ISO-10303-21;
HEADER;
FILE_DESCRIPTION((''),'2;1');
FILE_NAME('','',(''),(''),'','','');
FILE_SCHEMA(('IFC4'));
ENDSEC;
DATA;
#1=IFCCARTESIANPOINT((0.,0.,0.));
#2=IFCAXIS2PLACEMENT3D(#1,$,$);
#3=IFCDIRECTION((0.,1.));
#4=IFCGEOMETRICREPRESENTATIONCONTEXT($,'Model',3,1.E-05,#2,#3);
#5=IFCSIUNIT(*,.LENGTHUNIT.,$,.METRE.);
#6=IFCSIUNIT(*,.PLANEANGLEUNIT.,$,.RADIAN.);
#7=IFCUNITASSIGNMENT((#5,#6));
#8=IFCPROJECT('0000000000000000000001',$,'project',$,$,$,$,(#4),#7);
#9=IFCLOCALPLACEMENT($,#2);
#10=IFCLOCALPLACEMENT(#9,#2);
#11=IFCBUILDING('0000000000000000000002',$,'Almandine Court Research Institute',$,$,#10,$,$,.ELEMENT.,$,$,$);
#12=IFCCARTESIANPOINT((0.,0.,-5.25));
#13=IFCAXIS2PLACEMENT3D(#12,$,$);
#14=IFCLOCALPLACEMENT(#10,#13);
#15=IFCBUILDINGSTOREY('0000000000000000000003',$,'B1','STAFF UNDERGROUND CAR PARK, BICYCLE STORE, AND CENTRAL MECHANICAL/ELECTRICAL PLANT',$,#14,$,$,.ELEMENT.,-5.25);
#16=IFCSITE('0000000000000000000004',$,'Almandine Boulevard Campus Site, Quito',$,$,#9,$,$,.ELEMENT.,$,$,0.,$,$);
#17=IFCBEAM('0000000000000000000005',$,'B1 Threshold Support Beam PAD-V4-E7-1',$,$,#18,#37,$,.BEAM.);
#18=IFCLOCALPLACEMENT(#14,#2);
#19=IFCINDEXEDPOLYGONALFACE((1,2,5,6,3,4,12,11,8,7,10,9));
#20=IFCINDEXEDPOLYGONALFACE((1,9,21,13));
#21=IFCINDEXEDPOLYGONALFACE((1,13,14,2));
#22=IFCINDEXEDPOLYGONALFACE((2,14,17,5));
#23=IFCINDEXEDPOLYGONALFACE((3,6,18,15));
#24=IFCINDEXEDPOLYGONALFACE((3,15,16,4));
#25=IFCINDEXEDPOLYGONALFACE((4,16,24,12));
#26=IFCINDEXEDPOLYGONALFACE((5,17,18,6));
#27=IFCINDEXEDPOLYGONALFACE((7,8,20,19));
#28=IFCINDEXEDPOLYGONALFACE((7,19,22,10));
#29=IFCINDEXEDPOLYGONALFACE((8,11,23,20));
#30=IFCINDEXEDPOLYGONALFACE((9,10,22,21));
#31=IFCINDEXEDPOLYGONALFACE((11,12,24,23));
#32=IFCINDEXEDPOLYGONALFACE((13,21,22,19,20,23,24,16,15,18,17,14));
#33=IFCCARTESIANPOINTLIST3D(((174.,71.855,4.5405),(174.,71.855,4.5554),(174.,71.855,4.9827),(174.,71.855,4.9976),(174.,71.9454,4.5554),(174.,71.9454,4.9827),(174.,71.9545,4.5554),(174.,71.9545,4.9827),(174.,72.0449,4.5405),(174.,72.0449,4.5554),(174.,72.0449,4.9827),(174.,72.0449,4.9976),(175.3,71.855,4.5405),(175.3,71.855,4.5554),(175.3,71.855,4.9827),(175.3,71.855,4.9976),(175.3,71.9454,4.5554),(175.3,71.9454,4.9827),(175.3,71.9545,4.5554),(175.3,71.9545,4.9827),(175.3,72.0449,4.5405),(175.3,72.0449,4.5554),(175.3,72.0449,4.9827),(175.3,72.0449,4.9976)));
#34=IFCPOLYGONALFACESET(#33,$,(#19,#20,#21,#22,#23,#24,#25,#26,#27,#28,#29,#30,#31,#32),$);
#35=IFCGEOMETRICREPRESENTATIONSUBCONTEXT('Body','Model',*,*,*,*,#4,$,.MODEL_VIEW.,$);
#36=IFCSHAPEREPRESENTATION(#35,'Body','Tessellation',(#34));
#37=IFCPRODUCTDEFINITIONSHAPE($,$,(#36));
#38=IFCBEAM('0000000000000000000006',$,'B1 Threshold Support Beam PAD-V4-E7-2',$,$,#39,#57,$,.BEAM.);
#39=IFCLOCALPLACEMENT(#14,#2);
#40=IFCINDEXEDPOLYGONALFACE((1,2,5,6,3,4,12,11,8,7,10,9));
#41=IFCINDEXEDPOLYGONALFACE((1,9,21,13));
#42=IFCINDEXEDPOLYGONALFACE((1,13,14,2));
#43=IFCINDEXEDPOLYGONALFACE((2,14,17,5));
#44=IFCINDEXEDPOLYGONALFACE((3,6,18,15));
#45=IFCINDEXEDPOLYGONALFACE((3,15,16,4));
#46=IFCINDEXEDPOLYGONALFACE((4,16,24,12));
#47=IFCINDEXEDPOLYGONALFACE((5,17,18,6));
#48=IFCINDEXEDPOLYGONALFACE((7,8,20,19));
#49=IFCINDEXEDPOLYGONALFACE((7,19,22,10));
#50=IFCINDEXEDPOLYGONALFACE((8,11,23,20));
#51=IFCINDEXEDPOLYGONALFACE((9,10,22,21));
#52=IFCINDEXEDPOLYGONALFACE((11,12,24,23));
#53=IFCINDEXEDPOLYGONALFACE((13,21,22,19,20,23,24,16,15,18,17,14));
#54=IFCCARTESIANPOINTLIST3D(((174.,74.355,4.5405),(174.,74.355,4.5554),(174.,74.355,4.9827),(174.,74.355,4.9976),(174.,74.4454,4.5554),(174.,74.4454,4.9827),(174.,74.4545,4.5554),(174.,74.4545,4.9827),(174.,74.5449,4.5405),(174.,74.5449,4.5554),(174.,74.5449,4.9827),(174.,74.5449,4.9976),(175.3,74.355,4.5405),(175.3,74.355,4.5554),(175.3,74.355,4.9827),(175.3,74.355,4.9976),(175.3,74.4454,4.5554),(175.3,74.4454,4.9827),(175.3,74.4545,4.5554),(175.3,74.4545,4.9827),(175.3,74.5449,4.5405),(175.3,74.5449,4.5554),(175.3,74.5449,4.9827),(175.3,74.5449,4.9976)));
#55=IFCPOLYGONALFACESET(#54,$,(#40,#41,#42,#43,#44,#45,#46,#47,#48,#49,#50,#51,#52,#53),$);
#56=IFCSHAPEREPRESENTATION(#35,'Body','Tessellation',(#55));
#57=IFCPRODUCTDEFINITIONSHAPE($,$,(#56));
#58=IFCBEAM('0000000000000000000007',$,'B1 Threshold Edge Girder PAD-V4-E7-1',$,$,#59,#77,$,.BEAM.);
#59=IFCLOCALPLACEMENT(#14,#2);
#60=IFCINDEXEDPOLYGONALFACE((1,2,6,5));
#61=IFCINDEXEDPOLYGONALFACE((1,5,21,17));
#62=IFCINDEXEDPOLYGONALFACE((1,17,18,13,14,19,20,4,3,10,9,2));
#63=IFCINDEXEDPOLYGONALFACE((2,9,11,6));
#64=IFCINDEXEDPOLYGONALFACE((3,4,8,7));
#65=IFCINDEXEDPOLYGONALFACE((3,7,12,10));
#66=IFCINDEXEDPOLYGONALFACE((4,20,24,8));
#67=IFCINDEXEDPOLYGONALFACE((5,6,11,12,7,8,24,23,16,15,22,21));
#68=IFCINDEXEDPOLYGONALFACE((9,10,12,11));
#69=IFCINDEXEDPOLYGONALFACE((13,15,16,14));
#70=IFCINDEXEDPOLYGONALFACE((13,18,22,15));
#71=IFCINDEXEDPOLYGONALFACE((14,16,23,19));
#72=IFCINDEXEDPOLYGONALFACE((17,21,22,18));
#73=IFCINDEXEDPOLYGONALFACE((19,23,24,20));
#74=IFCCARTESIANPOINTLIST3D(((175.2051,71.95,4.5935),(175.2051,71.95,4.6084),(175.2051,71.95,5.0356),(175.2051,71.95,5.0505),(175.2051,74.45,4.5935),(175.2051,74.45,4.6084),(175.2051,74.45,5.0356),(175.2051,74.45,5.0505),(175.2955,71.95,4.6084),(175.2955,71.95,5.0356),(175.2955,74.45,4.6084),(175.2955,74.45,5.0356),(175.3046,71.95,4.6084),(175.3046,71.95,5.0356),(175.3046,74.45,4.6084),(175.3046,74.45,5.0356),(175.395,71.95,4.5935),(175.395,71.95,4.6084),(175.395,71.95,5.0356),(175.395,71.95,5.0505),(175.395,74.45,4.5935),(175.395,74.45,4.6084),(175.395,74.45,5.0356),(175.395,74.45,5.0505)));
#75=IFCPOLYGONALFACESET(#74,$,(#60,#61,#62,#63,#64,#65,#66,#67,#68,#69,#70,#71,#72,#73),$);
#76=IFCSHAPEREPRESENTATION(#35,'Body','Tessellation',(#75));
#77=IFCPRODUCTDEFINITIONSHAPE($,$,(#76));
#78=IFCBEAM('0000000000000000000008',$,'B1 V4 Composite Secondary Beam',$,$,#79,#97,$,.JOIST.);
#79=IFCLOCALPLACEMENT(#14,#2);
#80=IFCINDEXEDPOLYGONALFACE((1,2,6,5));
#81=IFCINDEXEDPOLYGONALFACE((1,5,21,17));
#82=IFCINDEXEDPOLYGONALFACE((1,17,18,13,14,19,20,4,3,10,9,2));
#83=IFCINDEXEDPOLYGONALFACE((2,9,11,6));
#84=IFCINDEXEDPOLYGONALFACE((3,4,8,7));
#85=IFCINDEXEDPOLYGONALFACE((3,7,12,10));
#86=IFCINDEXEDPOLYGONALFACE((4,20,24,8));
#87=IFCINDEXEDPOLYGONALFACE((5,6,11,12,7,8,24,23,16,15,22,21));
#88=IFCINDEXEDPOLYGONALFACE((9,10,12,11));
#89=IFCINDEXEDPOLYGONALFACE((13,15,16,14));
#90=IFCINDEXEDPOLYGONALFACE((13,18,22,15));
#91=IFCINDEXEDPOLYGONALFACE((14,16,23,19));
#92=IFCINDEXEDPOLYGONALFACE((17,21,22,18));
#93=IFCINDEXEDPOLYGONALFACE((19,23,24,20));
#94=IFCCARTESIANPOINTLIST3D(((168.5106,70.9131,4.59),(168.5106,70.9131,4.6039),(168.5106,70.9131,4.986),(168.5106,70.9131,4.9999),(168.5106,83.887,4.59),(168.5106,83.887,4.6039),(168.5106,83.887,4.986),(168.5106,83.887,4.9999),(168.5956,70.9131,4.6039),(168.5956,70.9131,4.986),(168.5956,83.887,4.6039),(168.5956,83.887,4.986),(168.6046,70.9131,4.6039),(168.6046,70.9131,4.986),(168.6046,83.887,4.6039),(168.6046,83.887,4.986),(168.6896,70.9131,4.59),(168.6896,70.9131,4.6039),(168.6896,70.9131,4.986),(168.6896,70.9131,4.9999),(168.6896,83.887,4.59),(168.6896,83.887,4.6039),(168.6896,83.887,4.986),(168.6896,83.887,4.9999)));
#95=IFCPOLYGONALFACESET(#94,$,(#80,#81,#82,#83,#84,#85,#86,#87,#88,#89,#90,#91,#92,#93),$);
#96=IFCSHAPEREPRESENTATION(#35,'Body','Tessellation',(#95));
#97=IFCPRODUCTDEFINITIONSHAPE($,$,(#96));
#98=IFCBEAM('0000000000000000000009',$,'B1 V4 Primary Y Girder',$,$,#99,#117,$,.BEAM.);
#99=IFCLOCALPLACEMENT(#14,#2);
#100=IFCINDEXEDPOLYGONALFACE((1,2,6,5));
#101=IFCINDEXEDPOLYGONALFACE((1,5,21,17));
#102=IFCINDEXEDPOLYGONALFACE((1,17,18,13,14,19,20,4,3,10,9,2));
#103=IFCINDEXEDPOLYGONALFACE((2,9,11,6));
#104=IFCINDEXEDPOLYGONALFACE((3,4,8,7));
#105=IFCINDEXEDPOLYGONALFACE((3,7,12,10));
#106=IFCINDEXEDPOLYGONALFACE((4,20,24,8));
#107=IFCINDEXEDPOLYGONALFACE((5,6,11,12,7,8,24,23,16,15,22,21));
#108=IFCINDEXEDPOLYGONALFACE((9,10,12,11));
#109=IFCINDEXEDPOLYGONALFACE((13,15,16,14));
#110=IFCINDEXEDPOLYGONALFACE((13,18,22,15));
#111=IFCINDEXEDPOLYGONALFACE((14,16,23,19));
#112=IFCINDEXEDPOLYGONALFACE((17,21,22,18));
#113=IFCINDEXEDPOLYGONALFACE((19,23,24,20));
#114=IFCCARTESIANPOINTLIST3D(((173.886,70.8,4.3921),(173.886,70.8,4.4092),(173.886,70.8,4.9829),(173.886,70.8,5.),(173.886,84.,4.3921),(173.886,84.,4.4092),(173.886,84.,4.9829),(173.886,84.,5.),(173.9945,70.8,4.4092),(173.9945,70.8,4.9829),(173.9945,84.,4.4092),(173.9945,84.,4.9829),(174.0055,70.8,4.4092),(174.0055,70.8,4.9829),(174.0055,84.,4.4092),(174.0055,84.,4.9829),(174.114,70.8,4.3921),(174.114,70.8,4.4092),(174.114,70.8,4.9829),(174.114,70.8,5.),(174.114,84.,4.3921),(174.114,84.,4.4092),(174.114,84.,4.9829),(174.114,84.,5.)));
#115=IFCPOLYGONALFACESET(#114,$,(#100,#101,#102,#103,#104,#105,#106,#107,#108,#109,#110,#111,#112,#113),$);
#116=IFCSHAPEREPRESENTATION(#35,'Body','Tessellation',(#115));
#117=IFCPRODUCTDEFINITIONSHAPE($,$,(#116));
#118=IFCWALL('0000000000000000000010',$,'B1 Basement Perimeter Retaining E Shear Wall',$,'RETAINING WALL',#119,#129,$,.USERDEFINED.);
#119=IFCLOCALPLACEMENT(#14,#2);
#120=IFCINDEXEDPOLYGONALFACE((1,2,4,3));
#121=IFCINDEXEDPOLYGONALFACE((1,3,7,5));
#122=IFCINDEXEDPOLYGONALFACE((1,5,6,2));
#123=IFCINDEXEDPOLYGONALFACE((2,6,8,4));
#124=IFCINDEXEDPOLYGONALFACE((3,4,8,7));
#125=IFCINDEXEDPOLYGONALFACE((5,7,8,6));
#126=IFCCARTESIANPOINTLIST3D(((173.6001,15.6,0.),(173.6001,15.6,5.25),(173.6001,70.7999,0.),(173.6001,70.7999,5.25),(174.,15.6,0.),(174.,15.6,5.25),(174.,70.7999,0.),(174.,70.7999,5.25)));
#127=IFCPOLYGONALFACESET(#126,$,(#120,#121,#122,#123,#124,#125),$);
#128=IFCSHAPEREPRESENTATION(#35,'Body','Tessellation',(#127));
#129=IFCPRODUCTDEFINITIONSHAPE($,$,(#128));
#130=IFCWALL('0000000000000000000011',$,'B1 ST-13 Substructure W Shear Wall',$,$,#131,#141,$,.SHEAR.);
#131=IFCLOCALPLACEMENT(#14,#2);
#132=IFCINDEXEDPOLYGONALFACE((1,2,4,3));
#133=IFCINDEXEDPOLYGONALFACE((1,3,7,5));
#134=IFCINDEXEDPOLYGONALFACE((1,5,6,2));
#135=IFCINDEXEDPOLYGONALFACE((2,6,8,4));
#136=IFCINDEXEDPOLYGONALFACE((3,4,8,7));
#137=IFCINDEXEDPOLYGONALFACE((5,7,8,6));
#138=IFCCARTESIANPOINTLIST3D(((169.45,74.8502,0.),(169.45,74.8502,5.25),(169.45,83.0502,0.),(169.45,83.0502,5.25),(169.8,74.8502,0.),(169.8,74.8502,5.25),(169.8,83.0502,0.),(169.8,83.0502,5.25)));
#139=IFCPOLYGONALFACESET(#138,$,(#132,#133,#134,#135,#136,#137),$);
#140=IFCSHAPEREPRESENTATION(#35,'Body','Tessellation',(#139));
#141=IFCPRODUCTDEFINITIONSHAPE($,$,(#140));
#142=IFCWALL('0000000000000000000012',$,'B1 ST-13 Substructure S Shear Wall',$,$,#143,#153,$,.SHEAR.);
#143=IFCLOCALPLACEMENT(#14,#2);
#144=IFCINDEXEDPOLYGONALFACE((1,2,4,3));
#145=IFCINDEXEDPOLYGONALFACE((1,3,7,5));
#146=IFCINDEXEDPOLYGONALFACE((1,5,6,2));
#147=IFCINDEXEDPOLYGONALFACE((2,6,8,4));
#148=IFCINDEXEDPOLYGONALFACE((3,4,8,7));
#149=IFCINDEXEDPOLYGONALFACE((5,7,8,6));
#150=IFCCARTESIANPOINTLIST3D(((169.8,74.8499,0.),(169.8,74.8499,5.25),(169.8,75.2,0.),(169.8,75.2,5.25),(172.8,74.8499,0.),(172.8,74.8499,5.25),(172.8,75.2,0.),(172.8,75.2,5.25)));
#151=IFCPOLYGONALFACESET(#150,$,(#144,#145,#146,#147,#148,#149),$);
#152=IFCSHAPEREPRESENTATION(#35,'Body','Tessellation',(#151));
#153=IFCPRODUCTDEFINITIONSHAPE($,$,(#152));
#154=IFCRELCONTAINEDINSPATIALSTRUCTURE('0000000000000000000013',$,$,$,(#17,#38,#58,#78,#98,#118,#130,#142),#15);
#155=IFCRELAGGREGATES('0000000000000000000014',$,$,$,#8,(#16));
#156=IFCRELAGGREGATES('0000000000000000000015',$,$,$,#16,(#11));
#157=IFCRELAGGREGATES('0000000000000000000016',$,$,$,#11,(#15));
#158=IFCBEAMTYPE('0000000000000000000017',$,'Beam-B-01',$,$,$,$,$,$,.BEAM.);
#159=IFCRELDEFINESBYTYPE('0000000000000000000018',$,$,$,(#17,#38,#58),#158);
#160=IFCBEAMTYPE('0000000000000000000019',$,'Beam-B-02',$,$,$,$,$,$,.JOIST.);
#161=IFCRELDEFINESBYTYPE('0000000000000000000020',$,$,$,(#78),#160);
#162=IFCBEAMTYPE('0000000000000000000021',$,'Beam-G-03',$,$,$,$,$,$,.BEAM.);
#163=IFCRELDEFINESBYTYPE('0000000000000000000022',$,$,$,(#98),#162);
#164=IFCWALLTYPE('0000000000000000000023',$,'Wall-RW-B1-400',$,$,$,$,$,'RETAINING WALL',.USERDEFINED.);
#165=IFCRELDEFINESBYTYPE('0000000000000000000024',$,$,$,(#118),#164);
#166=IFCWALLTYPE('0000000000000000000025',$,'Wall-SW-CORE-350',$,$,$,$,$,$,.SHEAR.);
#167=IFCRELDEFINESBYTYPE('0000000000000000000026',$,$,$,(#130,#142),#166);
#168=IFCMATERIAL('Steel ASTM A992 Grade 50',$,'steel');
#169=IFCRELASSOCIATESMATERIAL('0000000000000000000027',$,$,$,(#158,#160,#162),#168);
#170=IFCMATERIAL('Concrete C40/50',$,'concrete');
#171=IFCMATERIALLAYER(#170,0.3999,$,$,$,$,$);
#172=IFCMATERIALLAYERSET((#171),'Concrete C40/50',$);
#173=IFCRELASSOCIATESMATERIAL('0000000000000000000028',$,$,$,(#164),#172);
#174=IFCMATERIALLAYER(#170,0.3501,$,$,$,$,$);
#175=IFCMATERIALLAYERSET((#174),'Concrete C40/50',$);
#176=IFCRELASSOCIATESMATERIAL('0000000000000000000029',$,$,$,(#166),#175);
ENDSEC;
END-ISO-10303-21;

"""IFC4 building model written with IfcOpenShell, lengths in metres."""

from ifc_helpers import new_model, si_unit, direction, frame, frame_2d, origin, origin_2d, place, context, subcontext, project, spatial, rectangle, i_section, extrude, material, layer, layer_set, material_profile, profile_set, type_object, element, save


model = new_model("IFC4")

# Units and contexts
model_context = context("Model", 3, precision=1e-05, world=origin(), true_north=direction((0.0, 1.0)))
body_context = subcontext(model_context, "Body", "Model", "MODEL_VIEW")
ifc_project = project(units=[si_unit("LENGTHUNIT", "METRE"), si_unit("PLANEANGLEUNIT", "RADIAN")], contexts=[model_context])

# Site, building, storey
site_placement = place(None, origin())
site = spatial("IfcSite", under=ifc_project, at=site_placement, Name="Almandine Boulevard Campus Site, Quito", CompositionType="ELEMENT", RefElevation=0.0)
building_placement = place(site_placement, origin())
building = spatial("IfcBuilding", under=site, at=building_placement, Name="Almandine Court Research Institute", CompositionType="ELEMENT")
storey_placement = place(building_placement, frame((0.0, 0.0, -5.25)))
storey = spatial("IfcBuildingStorey", under=building, at=storey_placement, Name="B1", Description="STAFF UNDERGROUND CAR PARK, BICYCLE STORE, AND CENTRAL MECHANICAL/ELECTRICAL PLANT", CompositionType="ELEMENT", Elevation=-5.25)

# Shared definitions
ifc_material_1 = material(Name="Concrete C40/50", Category="concrete")
ifc_material_2 = material(Name="Steel ASTM A992 Grade 50", Category="steel")

# Beams
ifc_material_profile_1 = material_profile(ifc_material_2, i_section(OverallWidth=0.1899, OverallDepth=0.457, WebThickness=0.009, FlangeThickness=0.0149, at=origin_2d()), Name="W460x74")
ifc_profile_set_1 = profile_set([ifc_material_profile_1], Name="Steel ASTM A992 Grade 50")
beam_type_1 = type_object("IfcBeamType", Name="Beam-B-01", PredefinedType="BEAM", material=ifc_profile_set_1)
for number, where, z_axis, x_axis, name in (
    (1, (175.3, 71.95, 4.769), (-1.0, 0.0, 0.0), (0.0, -1.0, 0.0), "B1 Threshold Support Beam PAD-V4-E7-1"),
    (2, (175.3, 74.45, 4.769), (-1.0, 0.0, 0.0), (0.0, -1.0, 0.0), "B1 Threshold Support Beam PAD-V4-E7-2"),
):
    element("IfcBeam", number, at=place(storey_placement, frame(where, z_axis=z_axis, x_axis=x_axis)), inside=storey, type_object=beam_type_1, Name=name, PredefinedType="BEAM", context=body_context, shape_type="SweptSolid", body=[
        extrude(i_section(OverallWidth=0.1899, OverallDepth=0.457, WebThickness=0.009, FlangeThickness=0.0149, at=origin_2d()), origin(), (0.0, 0.0, 1.0), 1.3),
    ])
beam_1_placement = place(storey_placement, frame((175.3, 71.95, 4.822), z_axis=(0.0, 1.0, 0.0), x_axis=(-1.0, 0.0, 0.0)))
element("IfcBeam", 3, at=beam_1_placement, inside=storey, type_object=beam_type_1, Name="B1 Threshold Edge Girder PAD-V4-E7-1", PredefinedType="BEAM", context=body_context, shape_type="SweptSolid", body=[
    extrude(i_section(OverallWidth=0.1899, OverallDepth=0.457, WebThickness=0.009, FlangeThickness=0.0149, at=origin_2d()), origin(), (0.0, 0.0, 1.0), 2.5),
])
ifc_material_profile_2 = material_profile(ifc_material_2, i_section(OverallWidth=0.179, OverallDepth=0.4099, WebThickness=0.009, FlangeThickness=0.0139, at=origin_2d()), Name="W410x67")
ifc_profile_set_2 = profile_set([ifc_material_profile_2], Name="Steel ASTM A992 Grade 50")
beam_type_2 = type_object("IfcBeamType", Name="Beam-B-02", PredefinedType="JOIST", material=ifc_profile_set_2)
beam_2_placement = place(storey_placement, frame((168.6001, 70.9131, 4.7949), z_axis=(0.0, 1.0, 0.0), x_axis=(-1.0, 0.0, 0.0)))
element("IfcBeam", 4, at=beam_2_placement, inside=storey, type_object=beam_type_2, Name="B1 V4 Composite Secondary Beam", PredefinedType="JOIST", context=body_context, shape_type="SweptSolid", body=[
    extrude(i_section(OverallWidth=0.179, OverallDepth=0.4099, WebThickness=0.009, FlangeThickness=0.0139, at=origin_2d()), origin(), (0.0, 0.0, 1.0), 12.9739),
])
ifc_material_profile_3 = material_profile(ifc_material_2, i_section(OverallWidth=0.228, OverallDepth=0.6079, WebThickness=0.011, FlangeThickness=0.0171, at=origin_2d()), Name="W610x113")
ifc_profile_set_3 = profile_set([ifc_material_profile_3], Name="Steel ASTM A992 Grade 50")
beam_type_3 = type_object("IfcBeamType", Name="Beam-G-03", PredefinedType="BEAM", material=ifc_profile_set_3)
beam_3_placement = place(storey_placement, frame((174.0, 70.8, 4.696), z_axis=(0.0, 1.0, 0.0), x_axis=(-1.0, 0.0, 0.0)))
element("IfcBeam", 5, at=beam_3_placement, inside=storey, type_object=beam_type_3, Name="B1 V4 Primary Y Girder", PredefinedType="BEAM", context=body_context, shape_type="SweptSolid", body=[
    extrude(i_section(OverallWidth=0.228, OverallDepth=0.6079, WebThickness=0.011, FlangeThickness=0.0171, at=origin_2d()), origin(), (0.0, 0.0, 1.0), 13.2),
])

# Walls
ifc_layer_1 = layer(ifc_material_1, 0.3999)
ifc_layer_set_1 = layer_set([ifc_layer_1], Name="Concrete C40/50")
wall_type_1 = type_object("IfcWallType", Name="Wall-RW-B1-400", ElementType="RETAINING WALL", PredefinedType="USERDEFINED", material=ifc_layer_set_1)
wall_1_placement = place(storey_placement, frame((173.8, 70.8, 0.0), z_axis=(0.0, 0.0, 1.0), x_axis=(0.0, -1.0, 0.0)))
element("IfcWall", 6, at=wall_1_placement, inside=storey, type_object=wall_type_1, Name="B1 Basement Perimeter Retaining E Shear Wall", ObjectType="RETAINING WALL", PredefinedType="USERDEFINED", context=body_context, shape_type="SweptSolid", body=[
    extrude(rectangle(XDim=55.2, YDim=0.3999, at=frame_2d((27.6001, 0.0))), origin(), (0.0, 0.0, 1.0), 5.25),
])
ifc_layer_2 = layer(ifc_material_1, 0.3501)
ifc_layer_set_2 = layer_set([ifc_layer_2], Name="Concrete C40/50")
wall_type_2 = type_object("IfcWallType", Name="Wall-SW-CORE-350", PredefinedType="SHEAR", material=ifc_layer_set_2)
wall_2_placement = place(storey_placement, frame((169.625, 74.8501, 0.0), z_axis=(0.0, 0.0, 1.0), x_axis=(0.0, 1.0, 0.0)))
element("IfcWall", 7, at=wall_2_placement, inside=storey, type_object=wall_type_2, Name="B1 ST-13 Substructure W Shear Wall", PredefinedType="SHEAR", context=body_context, shape_type="SweptSolid", body=[
    extrude(rectangle(XDim=8.2, YDim=0.3501, at=frame_2d((4.1001, 0.0))), origin(), (0.0, 0.0, 1.0), 5.25),
])
wall_3_placement = place(storey_placement, frame((172.8, 75.0249, 0.0), z_axis=(0.0, 0.0, 1.0), x_axis=(-1.0, 0.0, 0.0)))
element("IfcWall", 8, at=wall_3_placement, inside=storey, type_object=wall_type_2, Name="B1 ST-13 Substructure S Shear Wall", PredefinedType="SHEAR", context=body_context, shape_type="SweptSolid", body=[
    extrude(rectangle(XDim=3.0, YDim=0.3501, at=frame_2d((1.5, 0.0))), origin(), (0.0, 0.0, 1.0), 5.25),
])

save(model, "model.ifc")
